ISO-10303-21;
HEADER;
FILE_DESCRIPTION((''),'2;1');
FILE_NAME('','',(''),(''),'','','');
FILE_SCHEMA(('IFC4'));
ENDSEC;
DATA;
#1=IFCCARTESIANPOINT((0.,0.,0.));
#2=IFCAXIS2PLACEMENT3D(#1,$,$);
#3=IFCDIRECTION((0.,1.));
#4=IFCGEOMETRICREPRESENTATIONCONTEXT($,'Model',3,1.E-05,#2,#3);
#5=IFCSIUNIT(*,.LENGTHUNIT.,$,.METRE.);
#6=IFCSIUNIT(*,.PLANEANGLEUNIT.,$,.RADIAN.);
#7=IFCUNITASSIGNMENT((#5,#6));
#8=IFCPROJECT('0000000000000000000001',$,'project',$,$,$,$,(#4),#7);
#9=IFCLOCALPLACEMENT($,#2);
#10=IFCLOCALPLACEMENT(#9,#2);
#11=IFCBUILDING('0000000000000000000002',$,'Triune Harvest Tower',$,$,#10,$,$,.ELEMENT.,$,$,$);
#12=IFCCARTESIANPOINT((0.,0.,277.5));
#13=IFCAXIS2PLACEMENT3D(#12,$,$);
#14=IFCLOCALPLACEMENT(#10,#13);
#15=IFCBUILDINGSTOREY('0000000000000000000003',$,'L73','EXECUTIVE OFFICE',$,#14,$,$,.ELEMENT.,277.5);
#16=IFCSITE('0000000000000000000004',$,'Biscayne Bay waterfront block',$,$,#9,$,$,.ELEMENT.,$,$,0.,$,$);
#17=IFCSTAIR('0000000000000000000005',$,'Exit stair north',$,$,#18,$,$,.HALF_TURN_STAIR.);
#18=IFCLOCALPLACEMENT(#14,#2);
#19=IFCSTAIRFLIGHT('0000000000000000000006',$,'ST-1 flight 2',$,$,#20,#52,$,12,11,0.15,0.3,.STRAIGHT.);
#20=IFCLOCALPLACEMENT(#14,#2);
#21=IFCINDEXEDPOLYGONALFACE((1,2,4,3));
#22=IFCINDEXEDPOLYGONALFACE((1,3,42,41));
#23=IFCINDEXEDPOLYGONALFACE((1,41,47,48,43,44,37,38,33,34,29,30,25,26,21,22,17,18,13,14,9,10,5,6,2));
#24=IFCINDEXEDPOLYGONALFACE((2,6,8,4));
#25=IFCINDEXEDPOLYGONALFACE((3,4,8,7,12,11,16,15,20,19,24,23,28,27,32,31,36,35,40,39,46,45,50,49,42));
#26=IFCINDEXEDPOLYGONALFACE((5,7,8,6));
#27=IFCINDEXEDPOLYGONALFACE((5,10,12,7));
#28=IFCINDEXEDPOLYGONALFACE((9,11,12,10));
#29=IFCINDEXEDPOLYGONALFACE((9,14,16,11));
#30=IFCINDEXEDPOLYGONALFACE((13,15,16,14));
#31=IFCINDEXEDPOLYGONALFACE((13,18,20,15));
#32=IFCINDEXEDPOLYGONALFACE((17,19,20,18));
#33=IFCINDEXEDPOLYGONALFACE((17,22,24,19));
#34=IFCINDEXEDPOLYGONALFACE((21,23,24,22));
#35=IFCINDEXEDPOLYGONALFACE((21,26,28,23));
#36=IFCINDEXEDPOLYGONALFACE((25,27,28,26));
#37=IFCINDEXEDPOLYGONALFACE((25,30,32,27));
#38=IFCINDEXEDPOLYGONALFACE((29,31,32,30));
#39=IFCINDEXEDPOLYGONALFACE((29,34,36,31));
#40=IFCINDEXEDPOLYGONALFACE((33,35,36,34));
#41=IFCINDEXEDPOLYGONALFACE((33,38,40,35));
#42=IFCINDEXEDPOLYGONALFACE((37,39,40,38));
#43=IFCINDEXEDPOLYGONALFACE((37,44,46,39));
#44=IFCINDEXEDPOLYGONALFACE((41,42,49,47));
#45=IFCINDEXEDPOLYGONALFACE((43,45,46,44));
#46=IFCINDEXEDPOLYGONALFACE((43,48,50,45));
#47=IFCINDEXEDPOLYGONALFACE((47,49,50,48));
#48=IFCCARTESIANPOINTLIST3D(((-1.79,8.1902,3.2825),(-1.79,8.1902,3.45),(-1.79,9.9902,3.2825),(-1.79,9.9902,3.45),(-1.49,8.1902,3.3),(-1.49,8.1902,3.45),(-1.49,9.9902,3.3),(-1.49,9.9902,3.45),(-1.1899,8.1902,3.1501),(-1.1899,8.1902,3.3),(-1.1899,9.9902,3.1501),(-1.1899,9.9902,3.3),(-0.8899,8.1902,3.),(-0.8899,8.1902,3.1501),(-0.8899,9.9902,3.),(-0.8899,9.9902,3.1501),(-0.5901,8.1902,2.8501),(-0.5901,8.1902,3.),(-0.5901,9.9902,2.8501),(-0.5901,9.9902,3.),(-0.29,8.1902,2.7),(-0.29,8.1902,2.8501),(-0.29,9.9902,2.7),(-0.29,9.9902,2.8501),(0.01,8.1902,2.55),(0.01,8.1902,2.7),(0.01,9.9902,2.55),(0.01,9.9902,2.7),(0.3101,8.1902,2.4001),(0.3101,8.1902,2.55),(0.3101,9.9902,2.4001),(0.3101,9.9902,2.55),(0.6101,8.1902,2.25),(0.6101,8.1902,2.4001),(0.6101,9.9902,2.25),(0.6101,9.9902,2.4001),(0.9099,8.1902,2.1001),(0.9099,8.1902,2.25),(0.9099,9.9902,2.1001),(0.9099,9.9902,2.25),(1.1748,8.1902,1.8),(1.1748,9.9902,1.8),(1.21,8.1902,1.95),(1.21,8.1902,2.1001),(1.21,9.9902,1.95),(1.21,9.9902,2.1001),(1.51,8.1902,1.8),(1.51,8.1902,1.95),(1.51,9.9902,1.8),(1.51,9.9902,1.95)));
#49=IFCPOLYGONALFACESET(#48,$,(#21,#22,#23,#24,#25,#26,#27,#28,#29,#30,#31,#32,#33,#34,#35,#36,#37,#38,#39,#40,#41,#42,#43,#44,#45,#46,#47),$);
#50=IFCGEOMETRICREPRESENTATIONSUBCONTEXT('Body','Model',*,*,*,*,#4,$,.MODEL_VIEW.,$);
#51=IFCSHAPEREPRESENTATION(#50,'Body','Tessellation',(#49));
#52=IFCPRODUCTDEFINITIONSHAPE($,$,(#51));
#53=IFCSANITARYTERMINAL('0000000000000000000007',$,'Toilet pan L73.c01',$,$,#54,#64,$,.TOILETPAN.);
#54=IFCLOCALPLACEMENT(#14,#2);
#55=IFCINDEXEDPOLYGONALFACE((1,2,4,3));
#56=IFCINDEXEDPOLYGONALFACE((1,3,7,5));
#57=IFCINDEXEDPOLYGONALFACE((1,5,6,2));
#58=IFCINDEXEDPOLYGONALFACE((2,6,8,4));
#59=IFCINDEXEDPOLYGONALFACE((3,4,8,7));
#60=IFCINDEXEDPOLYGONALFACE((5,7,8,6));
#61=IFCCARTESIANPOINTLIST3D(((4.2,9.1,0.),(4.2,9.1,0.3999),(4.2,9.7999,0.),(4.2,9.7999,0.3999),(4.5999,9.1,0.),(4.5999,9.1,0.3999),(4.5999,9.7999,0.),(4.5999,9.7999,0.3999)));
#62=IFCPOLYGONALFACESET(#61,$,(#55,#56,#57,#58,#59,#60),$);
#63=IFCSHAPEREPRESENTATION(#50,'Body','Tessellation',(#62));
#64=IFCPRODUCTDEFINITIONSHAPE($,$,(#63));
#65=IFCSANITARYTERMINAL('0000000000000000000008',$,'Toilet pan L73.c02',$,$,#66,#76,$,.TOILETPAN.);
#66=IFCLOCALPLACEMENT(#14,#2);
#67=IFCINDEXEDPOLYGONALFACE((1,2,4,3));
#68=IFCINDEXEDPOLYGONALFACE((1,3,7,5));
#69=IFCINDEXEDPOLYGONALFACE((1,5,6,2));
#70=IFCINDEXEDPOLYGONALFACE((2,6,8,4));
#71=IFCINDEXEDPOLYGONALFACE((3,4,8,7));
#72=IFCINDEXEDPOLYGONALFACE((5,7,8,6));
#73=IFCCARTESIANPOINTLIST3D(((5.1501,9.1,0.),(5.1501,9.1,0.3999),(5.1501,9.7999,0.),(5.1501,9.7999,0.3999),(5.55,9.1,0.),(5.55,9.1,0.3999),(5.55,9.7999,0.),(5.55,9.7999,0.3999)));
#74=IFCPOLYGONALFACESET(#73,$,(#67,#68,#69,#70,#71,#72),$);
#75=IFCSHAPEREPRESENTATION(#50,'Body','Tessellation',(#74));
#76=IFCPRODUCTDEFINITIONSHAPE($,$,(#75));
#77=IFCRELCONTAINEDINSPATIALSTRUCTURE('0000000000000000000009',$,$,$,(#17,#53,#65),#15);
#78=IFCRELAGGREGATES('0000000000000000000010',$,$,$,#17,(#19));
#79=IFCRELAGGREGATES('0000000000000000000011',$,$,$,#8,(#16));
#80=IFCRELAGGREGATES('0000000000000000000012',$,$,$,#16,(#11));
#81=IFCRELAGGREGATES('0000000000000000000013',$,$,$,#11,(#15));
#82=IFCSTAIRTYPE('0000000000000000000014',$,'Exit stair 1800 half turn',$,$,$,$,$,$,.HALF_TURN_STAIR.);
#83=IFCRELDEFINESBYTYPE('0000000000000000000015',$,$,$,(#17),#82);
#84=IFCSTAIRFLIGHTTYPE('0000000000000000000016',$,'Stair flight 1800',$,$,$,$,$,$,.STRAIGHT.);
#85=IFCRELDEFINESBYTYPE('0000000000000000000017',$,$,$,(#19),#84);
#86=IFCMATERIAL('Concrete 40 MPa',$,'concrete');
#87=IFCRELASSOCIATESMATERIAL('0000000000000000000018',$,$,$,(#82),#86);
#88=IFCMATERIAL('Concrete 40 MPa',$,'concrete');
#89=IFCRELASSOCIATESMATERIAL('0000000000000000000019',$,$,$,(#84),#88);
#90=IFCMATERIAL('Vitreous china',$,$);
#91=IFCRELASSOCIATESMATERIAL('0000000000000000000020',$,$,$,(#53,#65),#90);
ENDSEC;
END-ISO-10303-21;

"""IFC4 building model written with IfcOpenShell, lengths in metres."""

from ifc_helpers import new_model, si_unit, direction, frame, origin, origin_2d, place, context, subcontext, project, spatial, polyline, rectangle, outline, extrude, source, transform, mapped, material, type_object, element, aggregate, save


model = new_model("IFC4")

# Units and contexts
model_context = context("Model", 3, precision=1e-05, world=origin(), true_north=direction((0.0, 1.0)))
body_context = subcontext(model_context, "Body", "Model", "MODEL_VIEW")
ifc_project = project(units=[si_unit("LENGTHUNIT", "METRE"), si_unit("PLANEANGLEUNIT", "RADIAN")], contexts=[model_context])

# Site, building, storey
site_placement = place(None, origin())
site = spatial("IfcSite", under=ifc_project, at=site_placement, Name="Biscayne Bay waterfront block", CompositionType="ELEMENT", RefElevation=0.0)
building_placement = place(site_placement, origin())
building = spatial("IfcBuilding", under=site, at=building_placement, Name="Triune Harvest Tower", CompositionType="ELEMENT")
storey_placement = place(building_placement, frame((0.0, 0.0, 277.5)))
storey = spatial("IfcBuildingStorey", under=building, at=storey_placement, Name="L73", Description="EXECUTIVE OFFICE", CompositionType="ELEMENT", Elevation=277.5)

# Stair, stair flight
ifc_material_1 = material(Name="Concrete 40 MPa", Category="concrete")
stair_type = type_object("IfcStairType", Name="Exit stair 1800 half turn", PredefinedType="HALF_TURN_STAIR", material=ifc_material_1)
stair_placement = place(storey_placement, origin())
stair = element("IfcStair", 1, at=stair_placement, inside=storey, type_object=stair_type, Name="Exit stair north", PredefinedType="HALF_TURN_STAIR")
ifc_material_2 = material(Name="Concrete 40 MPa", Category="concrete")
stair_flight_type = type_object("IfcStairFlightType", Name="Stair flight 1800", PredefinedType="STRAIGHT", material=ifc_material_2)
shared_shape_1 = source(origin(), body_context, "Body", "SweptSolid", [
    extrude(outline(polyline([(0.0, 0.0), (0.0, 0.1499), (0.3, 0.1499), (0.3, 0.3), (0.6001, 0.3), (0.6001, 0.45), (0.8999, 0.45), (0.8999, 0.6001), (1.2, 0.6001), (1.2, 0.75), (1.5, 0.75), (1.5, 0.8999), (1.8, 0.8999), (1.8, 1.05), (2.1001, 1.05), (2.1001, 1.2), (2.3999, 1.2), (2.3999, 1.3501), (2.7, 1.3501), (2.7, 1.5), (3.0, 1.5), (3.0, 1.6499), (3.3, 1.6499), (3.3, 1.8), (3.3, 1.4824), (0.3352, 0.0), (0.0, 0.0)])), frame((0.0, 0.8999, 0.0), z_axis=(0.0, -1.0, 0.0), x_axis=(1.0, 0.0, 0.0)), (0.0, 0.0, 1.0), 1.8),
])
stair_flight_placement = place(storey_placement, frame((1.51, 9.0901, 1.8), z_axis=(0.0, 0.0, 1.0), x_axis=(-1.0, 0.0, 0.0)))
stair_flight = element("IfcStairFlight", 2, at=stair_flight_placement, type_object=stair_flight_type, Name="ST-1 flight 2", NumberOfRisers=12, NumberOfTreads=11, PredefinedType="STRAIGHT", RiserHeight=0.15, TreadLength=0.3, context=body_context, shape_type="MappedRepresentation", body=[
    mapped(shared_shape_1, transform((0.0, 0.0, 0.0), scale=1.0)),
])
aggregate(stair, [stair_flight])

# Sanitary terminals
ifc_material_3 = material(Name="Vitreous china")
shared_shape_2 = source(origin(), body_context, "Body", "SweptSolid", [
    extrude(rectangle(XDim=0.3999, YDim=0.7, at=origin_2d()), origin(), (0.0, 0.0, 1.0), 0.3999),
])
for number, where, z_axis, x_axis, name in (
    (3, (4.3999, 9.45, 0.0), (0.0, 0.0, 1.0), (1.0, 0.0, 0.0), "Toilet pan L73.c01"),
    (4, (5.3501, 9.45, 0.0), (0.0, 0.0, 1.0), (1.0, 0.0, 0.0), "Toilet pan L73.c02"),
):
    element("IfcSanitaryTerminal", number, at=place(storey_placement, frame(where, z_axis=z_axis, x_axis=x_axis)), inside=storey, material=ifc_material_3, Name=name, PredefinedType="TOILETPAN", context=body_context, shape_type="MappedRepresentation", body=[
        mapped(shared_shape_2, transform((0.0, 0.0, 0.0), scale=1.0)),
    ])

save(model, "model.ifc")
